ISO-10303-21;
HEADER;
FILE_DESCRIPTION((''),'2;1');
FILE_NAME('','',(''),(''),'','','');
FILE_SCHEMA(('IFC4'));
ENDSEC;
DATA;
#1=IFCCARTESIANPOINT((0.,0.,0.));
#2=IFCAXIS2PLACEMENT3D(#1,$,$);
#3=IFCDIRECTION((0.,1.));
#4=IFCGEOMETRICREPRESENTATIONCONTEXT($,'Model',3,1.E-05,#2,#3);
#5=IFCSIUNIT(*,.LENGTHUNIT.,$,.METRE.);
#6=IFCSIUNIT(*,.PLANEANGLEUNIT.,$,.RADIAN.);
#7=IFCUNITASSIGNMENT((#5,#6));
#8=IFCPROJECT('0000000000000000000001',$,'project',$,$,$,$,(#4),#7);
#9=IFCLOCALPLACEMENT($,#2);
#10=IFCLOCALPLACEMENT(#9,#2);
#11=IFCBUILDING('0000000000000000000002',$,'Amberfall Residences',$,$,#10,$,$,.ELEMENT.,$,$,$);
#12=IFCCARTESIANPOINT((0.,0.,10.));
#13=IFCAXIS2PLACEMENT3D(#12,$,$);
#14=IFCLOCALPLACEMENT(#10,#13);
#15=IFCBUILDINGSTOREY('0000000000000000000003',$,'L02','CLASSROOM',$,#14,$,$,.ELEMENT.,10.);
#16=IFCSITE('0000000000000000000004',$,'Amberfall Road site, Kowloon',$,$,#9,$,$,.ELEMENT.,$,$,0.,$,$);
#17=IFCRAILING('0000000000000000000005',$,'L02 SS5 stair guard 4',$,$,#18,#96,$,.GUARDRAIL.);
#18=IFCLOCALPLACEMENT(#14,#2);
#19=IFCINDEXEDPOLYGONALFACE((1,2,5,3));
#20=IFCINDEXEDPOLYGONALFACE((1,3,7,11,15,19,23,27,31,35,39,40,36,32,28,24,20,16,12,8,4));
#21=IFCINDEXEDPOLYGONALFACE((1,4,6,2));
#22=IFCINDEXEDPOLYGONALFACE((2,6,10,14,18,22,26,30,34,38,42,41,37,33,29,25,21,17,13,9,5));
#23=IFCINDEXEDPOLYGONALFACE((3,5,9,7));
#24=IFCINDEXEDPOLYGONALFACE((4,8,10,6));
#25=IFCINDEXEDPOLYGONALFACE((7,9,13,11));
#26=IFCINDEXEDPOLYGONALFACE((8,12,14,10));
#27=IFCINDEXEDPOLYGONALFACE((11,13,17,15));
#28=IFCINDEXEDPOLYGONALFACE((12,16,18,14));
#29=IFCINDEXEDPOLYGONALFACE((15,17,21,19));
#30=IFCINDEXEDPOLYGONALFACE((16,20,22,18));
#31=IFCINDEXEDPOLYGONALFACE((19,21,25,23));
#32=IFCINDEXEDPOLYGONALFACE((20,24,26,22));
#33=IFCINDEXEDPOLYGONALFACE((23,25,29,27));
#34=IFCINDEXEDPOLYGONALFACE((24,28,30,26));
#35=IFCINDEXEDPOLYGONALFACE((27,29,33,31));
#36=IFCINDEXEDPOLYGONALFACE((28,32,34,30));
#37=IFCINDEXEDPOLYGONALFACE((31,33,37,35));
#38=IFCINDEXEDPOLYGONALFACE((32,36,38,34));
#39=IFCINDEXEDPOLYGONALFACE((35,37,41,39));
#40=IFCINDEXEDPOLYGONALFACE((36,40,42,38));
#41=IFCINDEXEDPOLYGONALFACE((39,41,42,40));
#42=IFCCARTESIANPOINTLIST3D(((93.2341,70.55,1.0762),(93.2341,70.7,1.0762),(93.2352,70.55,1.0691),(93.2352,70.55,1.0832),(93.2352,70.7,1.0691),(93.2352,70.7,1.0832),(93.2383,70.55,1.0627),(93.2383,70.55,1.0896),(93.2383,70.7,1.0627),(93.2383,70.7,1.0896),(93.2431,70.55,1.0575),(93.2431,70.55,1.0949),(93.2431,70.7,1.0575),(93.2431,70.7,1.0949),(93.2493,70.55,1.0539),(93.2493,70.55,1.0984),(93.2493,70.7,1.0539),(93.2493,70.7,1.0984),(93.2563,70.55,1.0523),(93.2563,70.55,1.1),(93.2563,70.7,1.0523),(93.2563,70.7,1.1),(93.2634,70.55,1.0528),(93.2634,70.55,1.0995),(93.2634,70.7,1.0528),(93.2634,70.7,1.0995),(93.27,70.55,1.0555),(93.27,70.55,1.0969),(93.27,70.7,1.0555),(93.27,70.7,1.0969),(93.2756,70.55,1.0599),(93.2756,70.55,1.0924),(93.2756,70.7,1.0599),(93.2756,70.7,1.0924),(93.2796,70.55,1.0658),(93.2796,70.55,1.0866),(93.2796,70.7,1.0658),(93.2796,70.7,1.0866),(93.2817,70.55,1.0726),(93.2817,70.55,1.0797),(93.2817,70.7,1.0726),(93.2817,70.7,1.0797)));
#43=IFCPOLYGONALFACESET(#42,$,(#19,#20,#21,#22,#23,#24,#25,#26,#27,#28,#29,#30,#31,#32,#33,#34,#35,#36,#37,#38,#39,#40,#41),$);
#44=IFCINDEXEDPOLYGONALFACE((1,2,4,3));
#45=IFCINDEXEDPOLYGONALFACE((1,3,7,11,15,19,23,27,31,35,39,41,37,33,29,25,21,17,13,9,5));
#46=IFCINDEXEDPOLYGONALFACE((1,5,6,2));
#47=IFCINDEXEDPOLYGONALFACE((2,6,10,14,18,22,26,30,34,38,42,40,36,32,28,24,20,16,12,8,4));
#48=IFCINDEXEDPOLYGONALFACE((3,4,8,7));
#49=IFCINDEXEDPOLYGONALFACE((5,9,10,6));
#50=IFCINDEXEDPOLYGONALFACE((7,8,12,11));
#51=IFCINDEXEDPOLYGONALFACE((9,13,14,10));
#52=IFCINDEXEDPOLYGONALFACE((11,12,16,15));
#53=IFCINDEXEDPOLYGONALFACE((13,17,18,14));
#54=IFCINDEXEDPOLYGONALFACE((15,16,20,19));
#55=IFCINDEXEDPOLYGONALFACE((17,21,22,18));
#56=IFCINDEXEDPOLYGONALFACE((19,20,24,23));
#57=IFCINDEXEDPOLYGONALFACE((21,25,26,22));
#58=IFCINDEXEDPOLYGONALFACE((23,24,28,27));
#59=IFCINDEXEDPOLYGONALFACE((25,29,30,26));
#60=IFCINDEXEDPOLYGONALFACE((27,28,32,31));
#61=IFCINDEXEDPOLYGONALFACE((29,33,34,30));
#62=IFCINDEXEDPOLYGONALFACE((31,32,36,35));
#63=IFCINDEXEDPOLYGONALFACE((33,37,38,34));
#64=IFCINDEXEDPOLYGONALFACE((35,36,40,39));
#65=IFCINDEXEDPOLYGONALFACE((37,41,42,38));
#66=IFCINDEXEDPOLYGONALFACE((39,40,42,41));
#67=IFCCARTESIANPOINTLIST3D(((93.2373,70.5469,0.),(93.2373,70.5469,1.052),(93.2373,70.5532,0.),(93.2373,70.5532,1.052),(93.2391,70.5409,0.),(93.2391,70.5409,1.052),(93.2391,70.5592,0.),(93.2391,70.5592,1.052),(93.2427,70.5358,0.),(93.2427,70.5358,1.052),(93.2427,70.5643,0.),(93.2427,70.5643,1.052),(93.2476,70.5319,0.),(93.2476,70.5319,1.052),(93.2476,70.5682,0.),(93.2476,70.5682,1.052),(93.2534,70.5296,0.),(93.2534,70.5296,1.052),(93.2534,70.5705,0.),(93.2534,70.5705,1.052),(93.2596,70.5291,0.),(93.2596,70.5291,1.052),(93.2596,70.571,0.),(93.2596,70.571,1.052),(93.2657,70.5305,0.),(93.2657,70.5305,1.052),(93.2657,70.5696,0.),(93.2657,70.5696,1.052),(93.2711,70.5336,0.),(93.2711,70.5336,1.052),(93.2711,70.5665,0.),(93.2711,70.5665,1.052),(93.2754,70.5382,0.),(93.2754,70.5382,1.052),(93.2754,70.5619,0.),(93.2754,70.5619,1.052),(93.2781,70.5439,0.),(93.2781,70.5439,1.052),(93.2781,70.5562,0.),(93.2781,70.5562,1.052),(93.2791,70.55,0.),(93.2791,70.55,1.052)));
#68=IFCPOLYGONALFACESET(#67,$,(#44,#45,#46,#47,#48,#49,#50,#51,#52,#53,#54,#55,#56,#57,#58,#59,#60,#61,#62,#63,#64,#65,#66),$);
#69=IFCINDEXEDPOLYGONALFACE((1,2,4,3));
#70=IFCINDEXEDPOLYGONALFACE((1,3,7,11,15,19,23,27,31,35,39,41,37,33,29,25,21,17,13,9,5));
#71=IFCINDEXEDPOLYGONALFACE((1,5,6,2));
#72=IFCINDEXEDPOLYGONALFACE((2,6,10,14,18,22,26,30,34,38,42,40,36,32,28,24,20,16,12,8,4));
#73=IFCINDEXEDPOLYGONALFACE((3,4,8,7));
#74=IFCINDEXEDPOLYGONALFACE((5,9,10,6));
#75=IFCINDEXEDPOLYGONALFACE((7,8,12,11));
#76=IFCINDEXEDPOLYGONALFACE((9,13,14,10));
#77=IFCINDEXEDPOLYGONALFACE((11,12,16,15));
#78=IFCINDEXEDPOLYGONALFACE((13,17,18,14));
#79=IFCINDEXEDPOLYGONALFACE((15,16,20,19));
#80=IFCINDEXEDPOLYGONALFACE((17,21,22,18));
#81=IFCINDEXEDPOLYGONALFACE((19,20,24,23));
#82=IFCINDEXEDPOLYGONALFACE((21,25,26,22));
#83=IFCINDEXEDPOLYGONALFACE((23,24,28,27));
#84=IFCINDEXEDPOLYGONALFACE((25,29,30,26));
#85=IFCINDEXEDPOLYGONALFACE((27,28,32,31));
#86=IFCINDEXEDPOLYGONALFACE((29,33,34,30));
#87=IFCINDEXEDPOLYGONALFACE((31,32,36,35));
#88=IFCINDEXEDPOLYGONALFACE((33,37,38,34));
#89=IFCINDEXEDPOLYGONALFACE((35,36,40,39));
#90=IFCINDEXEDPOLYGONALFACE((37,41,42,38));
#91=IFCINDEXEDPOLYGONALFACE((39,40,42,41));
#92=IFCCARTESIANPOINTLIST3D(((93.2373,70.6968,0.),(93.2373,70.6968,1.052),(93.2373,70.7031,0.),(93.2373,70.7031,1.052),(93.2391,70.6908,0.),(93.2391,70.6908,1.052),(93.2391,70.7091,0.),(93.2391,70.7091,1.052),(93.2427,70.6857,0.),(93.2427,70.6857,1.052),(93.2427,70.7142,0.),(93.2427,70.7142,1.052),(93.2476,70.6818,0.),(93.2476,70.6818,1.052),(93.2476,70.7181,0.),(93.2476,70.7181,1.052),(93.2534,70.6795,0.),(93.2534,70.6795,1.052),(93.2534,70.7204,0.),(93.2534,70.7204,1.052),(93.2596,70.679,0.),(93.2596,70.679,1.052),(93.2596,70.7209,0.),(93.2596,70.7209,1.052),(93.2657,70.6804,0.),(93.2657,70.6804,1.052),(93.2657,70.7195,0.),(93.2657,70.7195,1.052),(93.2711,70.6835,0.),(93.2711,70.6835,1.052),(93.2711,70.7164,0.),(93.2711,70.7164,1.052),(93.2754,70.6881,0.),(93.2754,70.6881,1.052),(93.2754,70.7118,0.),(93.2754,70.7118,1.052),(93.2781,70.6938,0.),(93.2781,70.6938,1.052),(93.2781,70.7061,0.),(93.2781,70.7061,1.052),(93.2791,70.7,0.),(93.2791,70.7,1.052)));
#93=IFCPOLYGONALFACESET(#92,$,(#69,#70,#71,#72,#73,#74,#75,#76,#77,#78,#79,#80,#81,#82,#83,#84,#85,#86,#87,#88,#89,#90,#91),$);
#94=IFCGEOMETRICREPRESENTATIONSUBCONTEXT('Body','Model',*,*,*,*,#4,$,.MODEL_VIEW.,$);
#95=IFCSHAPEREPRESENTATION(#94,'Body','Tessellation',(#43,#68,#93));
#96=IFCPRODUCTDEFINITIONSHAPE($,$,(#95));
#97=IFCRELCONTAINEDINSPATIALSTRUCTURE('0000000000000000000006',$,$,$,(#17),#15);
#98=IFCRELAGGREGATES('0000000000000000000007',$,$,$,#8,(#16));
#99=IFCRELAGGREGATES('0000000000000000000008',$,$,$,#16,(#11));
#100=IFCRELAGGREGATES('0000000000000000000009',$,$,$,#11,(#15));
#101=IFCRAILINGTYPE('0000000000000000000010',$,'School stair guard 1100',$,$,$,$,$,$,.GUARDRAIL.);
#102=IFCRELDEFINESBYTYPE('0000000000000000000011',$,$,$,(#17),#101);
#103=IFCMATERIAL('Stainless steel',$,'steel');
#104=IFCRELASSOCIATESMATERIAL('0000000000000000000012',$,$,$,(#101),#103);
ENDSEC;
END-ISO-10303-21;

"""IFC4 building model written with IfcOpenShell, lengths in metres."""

from ifc_helpers import new_model, si_unit, direction, frame, origin, origin_2d, place, context, subcontext, project, spatial, circle, extrude, material, type_object, element, save


model = new_model("IFC4")

# Units and contexts
model_context = context("Model", 3, precision=1e-05, world=origin(), true_north=direction((0.0, 1.0)))
body_context = subcontext(model_context, "Body", "Model", "MODEL_VIEW")
ifc_project = project(units=[si_unit("LENGTHUNIT", "METRE"), si_unit("PLANEANGLEUNIT", "RADIAN")], contexts=[model_context])

# Site, building, storey
site_placement = place(None, origin())
site = spatial("IfcSite", under=ifc_project, at=site_placement, Name="Amberfall Road site, Kowloon", CompositionType="ELEMENT", RefElevation=0.0)
building_placement = place(site_placement, origin())
building = spatial("IfcBuilding", under=site, at=building_placement, Name="Amberfall Residences", CompositionType="ELEMENT")
storey_placement = place(building_placement, frame((0.0, 0.0, 10.0)))
storey = spatial("IfcBuildingStorey", under=building, at=storey_placement, Name="L02", Description="CLASSROOM", CompositionType="ELEMENT", Elevation=10.0)

# Railing
ifc_material_1 = material(Name="Stainless steel", Category="steel")
railing_type_1 = type_object("IfcRailingType", Name="School stair guard 1100", PredefinedType="GUARDRAIL", material=ifc_material_1)
railing_1_placement = place(storey_placement, frame((93.2581, 70.55, 0.0)))
element("IfcRailing", 1, at=railing_1_placement, inside=storey, type_object=railing_type_1, Name="L02 SS5 stair guard 4", PredefinedType="GUARDRAIL", context=body_context, shape_type="SweptSolid", body=[
    extrude(circle(Radius=0.0239, at=origin_2d()), frame((0.0, 0.0, 1.0762), z_axis=(0.0, 1.0, 0.0), x_axis=(-1.0, 0.0, 0.0)), (0.0, 0.0, 1.0), 0.1499),
    extrude(circle(Radius=0.021, at=origin_2d()), origin(), (0.0, 0.0, 1.0), 1.052),
    extrude(circle(Radius=0.021, at=origin_2d()), frame((0.0, 0.1499, 0.0)), (0.0, 0.0, 1.0), 1.052),
])

save(model, "model.ifc")
